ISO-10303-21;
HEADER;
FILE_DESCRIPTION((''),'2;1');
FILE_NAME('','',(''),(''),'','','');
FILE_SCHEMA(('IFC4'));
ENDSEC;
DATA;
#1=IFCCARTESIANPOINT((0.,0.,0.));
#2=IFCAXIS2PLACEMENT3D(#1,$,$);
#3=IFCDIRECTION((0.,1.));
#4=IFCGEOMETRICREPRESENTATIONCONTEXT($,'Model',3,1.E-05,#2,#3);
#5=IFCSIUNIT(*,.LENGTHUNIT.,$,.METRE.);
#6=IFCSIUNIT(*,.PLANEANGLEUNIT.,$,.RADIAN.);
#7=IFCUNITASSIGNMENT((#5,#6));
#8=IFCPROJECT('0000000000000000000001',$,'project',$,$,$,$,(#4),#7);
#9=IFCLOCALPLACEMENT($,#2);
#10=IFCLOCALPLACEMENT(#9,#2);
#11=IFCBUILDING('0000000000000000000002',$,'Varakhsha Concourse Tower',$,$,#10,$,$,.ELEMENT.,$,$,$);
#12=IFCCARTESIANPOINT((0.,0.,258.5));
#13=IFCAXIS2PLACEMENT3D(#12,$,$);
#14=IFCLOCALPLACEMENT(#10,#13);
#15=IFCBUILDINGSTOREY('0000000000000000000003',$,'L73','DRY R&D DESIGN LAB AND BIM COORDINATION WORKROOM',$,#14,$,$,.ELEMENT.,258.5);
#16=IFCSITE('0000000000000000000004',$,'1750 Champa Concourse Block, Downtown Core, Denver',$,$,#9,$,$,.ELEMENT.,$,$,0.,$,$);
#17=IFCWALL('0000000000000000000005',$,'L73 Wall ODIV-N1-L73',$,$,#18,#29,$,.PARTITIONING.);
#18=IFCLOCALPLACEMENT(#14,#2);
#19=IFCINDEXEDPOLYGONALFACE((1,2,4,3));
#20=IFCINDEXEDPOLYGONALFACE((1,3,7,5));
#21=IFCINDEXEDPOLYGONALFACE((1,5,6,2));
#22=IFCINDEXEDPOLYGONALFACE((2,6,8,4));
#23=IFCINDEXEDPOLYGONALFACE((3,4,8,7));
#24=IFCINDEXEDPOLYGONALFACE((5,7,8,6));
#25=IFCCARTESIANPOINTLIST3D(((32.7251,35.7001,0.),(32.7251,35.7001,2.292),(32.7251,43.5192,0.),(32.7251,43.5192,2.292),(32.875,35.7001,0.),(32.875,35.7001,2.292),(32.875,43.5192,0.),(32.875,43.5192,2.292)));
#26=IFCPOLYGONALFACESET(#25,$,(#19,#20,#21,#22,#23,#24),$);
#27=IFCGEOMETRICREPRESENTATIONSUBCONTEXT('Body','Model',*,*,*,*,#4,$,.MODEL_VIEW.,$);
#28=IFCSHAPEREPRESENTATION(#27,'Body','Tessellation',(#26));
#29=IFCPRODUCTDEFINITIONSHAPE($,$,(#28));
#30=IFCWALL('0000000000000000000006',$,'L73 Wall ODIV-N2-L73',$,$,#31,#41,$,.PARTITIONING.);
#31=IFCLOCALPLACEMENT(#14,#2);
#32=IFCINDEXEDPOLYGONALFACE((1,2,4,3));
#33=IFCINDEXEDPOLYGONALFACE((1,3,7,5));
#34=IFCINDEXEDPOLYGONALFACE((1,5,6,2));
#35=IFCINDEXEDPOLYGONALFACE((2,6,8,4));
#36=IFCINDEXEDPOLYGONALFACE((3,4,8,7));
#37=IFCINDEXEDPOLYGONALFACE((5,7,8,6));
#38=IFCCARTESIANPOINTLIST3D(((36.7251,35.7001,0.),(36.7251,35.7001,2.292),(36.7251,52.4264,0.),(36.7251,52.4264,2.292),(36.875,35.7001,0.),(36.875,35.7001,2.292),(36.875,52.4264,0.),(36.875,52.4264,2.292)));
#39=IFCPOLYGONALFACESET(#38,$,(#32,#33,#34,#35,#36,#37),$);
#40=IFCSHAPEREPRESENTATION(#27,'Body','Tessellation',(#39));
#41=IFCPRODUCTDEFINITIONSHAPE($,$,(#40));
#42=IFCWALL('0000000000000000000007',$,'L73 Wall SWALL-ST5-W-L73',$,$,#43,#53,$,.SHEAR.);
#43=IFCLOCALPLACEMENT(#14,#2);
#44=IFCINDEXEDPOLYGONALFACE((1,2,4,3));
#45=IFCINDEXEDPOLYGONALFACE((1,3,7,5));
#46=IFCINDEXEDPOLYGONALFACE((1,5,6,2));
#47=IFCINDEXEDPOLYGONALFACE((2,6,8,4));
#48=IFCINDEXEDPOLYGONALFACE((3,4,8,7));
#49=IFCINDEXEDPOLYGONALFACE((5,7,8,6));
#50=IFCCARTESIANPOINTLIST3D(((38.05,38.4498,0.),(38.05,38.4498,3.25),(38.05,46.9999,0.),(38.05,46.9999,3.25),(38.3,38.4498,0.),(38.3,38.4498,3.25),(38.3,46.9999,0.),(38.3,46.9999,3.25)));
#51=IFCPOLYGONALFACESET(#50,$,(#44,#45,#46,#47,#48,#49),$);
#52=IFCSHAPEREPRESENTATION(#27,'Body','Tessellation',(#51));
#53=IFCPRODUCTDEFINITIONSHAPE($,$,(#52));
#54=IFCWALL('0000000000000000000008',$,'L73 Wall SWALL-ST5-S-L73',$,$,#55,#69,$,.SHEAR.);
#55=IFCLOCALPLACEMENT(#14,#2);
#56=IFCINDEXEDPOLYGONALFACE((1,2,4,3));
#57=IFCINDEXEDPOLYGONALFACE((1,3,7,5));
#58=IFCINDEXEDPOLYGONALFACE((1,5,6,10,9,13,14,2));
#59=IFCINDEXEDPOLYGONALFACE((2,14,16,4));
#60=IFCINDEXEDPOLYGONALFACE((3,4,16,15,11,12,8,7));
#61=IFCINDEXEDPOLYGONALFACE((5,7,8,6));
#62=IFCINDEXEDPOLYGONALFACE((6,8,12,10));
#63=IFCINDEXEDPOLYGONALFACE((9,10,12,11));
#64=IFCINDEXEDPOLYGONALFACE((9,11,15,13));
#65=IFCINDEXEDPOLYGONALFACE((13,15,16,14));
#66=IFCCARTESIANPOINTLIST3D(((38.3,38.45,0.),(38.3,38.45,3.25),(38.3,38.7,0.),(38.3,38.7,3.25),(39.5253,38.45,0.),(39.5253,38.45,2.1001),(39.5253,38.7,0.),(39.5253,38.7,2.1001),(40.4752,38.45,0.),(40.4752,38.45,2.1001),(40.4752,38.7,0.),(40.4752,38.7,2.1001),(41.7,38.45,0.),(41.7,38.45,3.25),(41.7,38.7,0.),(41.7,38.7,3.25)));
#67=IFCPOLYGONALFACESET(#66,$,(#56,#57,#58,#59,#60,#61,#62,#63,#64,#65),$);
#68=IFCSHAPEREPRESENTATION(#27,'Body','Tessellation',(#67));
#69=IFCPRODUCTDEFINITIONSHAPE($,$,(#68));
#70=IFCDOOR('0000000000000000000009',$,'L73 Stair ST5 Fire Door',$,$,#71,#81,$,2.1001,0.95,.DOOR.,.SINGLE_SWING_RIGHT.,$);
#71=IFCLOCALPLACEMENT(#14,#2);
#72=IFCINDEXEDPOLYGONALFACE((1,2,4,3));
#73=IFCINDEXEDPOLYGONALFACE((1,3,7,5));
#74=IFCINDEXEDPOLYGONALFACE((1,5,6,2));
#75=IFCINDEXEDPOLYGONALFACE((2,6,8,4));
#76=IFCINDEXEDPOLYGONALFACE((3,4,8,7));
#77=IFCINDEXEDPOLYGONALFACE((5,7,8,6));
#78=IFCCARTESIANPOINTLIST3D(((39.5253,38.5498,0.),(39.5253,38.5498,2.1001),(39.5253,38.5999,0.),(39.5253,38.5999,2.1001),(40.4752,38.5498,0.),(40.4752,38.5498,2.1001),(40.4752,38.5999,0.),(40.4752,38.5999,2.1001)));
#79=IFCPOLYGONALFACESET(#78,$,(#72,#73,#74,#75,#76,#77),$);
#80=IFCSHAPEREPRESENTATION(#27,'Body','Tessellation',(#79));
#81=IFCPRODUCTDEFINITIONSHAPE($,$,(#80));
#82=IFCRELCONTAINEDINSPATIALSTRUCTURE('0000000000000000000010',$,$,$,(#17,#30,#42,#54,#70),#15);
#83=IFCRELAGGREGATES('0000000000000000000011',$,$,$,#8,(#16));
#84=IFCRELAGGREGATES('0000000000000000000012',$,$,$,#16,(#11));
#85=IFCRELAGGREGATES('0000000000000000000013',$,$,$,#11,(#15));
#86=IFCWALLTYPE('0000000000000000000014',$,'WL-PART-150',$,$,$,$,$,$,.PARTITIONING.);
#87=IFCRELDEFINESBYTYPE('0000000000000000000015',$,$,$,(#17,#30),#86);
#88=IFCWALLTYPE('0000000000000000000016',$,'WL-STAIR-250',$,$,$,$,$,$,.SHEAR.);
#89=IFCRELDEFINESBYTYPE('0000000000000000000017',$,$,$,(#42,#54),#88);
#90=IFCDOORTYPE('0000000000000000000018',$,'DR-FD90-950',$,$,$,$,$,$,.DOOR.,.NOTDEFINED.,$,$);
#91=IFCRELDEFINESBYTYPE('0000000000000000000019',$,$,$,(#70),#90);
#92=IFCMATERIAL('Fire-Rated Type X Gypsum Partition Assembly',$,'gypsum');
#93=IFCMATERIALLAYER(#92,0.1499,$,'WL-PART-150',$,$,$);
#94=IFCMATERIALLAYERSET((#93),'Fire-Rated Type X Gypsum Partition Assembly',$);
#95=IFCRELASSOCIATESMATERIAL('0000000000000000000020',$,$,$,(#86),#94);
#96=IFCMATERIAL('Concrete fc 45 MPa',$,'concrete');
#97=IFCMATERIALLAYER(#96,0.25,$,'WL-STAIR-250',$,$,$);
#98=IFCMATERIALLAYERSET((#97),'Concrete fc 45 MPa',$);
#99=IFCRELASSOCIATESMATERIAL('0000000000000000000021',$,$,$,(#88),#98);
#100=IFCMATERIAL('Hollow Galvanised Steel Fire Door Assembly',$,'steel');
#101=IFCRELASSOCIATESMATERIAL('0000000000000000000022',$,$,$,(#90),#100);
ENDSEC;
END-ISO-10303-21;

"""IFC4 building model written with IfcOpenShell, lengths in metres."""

from ifc_helpers import new_model, si_unit, direction, frame, frame_2d, origin, place, context, subcontext, project, spatial, rectangle, extrude, material, layer, layer_set, type_object, element, fill, save


model = new_model("IFC4")

# Units and contexts
model_context = context("Model", 3, precision=1e-05, world=origin(), true_north=direction((0.0, 1.0)))
body_context = subcontext(model_context, "Body", "Model", "MODEL_VIEW")
ifc_project = project(units=[si_unit("LENGTHUNIT", "METRE"), si_unit("PLANEANGLEUNIT", "RADIAN")], contexts=[model_context])

# Site, building, storey
site_placement = place(None, origin())
site = spatial("IfcSite", under=ifc_project, at=site_placement, Name="1750 Champa Concourse Block, Downtown Core, Denver", CompositionType="ELEMENT", RefElevation=0.0)
building_placement = place(site_placement, origin())
building = spatial("IfcBuilding", under=site, at=building_placement, Name="Varakhsha Concourse Tower", CompositionType="ELEMENT")
storey_placement = place(building_placement, frame((0.0, 0.0, 258.5)))
storey = spatial("IfcBuildingStorey", under=building, at=storey_placement, Name="L73", Description="DRY R&D DESIGN LAB AND BIM COORDINATION WORKROOM", CompositionType="ELEMENT", Elevation=258.5)

# Shared definitions
ifc_material_1 = material(Name="Fire-Rated Type X Gypsum Partition Assembly", Category="gypsum")
ifc_layer_1 = layer(ifc_material_1, 0.1499, Name="WL-PART-150")
ifc_layer_set_1 = layer_set([ifc_layer_1], Name="Fire-Rated Type X Gypsum Partition Assembly")
wall_type_1 = type_object("IfcWallType", Name="WL-PART-150", PredefinedType="PARTITIONING", material=ifc_layer_set_1)
ifc_material_2 = material(Name="Hollow Galvanised Steel Fire Door Assembly", Category="steel")

# Walls
wall_1_placement = place(storey_placement, frame((32.8, 35.7, 0.0), z_axis=(0.0, 0.0, 1.0), x_axis=(0.0, 1.0, 0.0)))
element("IfcWall", 1, at=wall_1_placement, inside=storey, type_object=wall_type_1, Name="L73 Wall ODIV-N1-L73", PredefinedType="PARTITIONING", context=body_context, shape_type="SweptSolid", body=[
    extrude(rectangle(XDim=7.8191, YDim=0.1499, at=frame_2d((3.9097, 0.0))), origin(), (0.0, 0.0, 1.0), 2.292),
])
wall_2_placement = place(storey_placement, frame((36.8, 35.7, 0.0), z_axis=(0.0, 0.0, 1.0), x_axis=(0.0, 1.0, 0.0)))
element("IfcWall", 2, at=wall_2_placement, inside=storey, type_object=wall_type_1, Name="L73 Wall ODIV-N2-L73", PredefinedType="PARTITIONING", context=body_context, shape_type="SweptSolid", body=[
    extrude(rectangle(XDim=16.7263, YDim=0.1499, at=frame_2d((8.3633, 0.0))), origin(), (0.0, 0.0, 1.0), 2.292),
])
ifc_material_3 = material(Name="Concrete fc 45 MPa", Category="concrete")
ifc_layer_2 = layer(ifc_material_3, 0.25, Name="WL-STAIR-250")
ifc_layer_set_2 = layer_set([ifc_layer_2], Name="Concrete fc 45 MPa")
wall_type_2 = type_object("IfcWallType", Name="WL-STAIR-250", PredefinedType="SHEAR", material=ifc_layer_set_2)
wall_3_placement = place(storey_placement, frame((38.175, 38.45, 0.0), z_axis=(0.0, 0.0, 1.0), x_axis=(0.0, 1.0, 0.0)))
element("IfcWall", 3, at=wall_3_placement, inside=storey, type_object=wall_type_2, Name="L73 Wall SWALL-ST5-W-L73", PredefinedType="SHEAR", context=body_context, shape_type="SweptSolid", body=[
    extrude(rectangle(XDim=8.55, YDim=0.25, at=frame_2d((4.2749, 0.0))), origin(), (0.0, 0.0, 1.0), 3.25),
])

# Wall, opening, door
wall_4_placement = place(storey_placement, frame((38.3, 38.575, 0.0), z_axis=(0.0, 0.0, 1.0), x_axis=(1.0, 0.0, 0.0)))
wall_4 = element("IfcWall", 4, at=wall_4_placement, inside=storey, type_object=wall_type_2, Name="L73 Wall SWALL-ST5-S-L73", PredefinedType="SHEAR", context=body_context, shape_type="SweptSolid", body=[
    extrude(rectangle(XDim=3.3999, YDim=0.25, at=frame_2d((1.7, 0.0))), origin(), (0.0, 0.0, 1.0), 3.25),
])
opening_1_placement = place(wall_4_placement, frame((1.2251, 0.0, 0.0)))
opening_1 = element("IfcOpeningElement", 5, at=opening_1_placement, cuts=wall_4, PredefinedType="OPENING", context=body_context, shape_type="SweptSolid", body=[
    extrude(rectangle(XDim=0.95, YDim=2.1001, at=frame_2d((0.4751, 1.05))), frame((0.0, 0.135, 0.0), z_axis=(0.0, -1.0, 0.0), x_axis=(1.0, 0.0, 0.0)), (0.0, 0.0, 1.0), 0.27),
])
door_type_1 = type_object("IfcDoorType", Name="DR-FD90-950", OperationType="NOTDEFINED", PredefinedType="DOOR", material=ifc_material_2)
door_1_placement = place(opening_1_placement, origin())
door_1 = element("IfcDoor", 6, at=door_1_placement, inside=storey, type_object=door_type_1, Name="L73 Stair ST5 Fire Door", OperationType="SINGLE_SWING_RIGHT", OverallHeight=2.1001, OverallWidth=0.95, PredefinedType="DOOR", context=body_context, shape_type="SweptSolid", body=[
    extrude(rectangle(XDim=0.95, YDim=2.1001, at=frame_2d((0.4751, 1.05))), frame((0.0, 0.0249, 0.0), z_axis=(0.0, -1.0, 0.0), x_axis=(1.0, 0.0, 0.0)), (0.0, 0.0, 1.0), 0.05),
])
fill(opening_1, door_1)

save(model, "model.ifc")
